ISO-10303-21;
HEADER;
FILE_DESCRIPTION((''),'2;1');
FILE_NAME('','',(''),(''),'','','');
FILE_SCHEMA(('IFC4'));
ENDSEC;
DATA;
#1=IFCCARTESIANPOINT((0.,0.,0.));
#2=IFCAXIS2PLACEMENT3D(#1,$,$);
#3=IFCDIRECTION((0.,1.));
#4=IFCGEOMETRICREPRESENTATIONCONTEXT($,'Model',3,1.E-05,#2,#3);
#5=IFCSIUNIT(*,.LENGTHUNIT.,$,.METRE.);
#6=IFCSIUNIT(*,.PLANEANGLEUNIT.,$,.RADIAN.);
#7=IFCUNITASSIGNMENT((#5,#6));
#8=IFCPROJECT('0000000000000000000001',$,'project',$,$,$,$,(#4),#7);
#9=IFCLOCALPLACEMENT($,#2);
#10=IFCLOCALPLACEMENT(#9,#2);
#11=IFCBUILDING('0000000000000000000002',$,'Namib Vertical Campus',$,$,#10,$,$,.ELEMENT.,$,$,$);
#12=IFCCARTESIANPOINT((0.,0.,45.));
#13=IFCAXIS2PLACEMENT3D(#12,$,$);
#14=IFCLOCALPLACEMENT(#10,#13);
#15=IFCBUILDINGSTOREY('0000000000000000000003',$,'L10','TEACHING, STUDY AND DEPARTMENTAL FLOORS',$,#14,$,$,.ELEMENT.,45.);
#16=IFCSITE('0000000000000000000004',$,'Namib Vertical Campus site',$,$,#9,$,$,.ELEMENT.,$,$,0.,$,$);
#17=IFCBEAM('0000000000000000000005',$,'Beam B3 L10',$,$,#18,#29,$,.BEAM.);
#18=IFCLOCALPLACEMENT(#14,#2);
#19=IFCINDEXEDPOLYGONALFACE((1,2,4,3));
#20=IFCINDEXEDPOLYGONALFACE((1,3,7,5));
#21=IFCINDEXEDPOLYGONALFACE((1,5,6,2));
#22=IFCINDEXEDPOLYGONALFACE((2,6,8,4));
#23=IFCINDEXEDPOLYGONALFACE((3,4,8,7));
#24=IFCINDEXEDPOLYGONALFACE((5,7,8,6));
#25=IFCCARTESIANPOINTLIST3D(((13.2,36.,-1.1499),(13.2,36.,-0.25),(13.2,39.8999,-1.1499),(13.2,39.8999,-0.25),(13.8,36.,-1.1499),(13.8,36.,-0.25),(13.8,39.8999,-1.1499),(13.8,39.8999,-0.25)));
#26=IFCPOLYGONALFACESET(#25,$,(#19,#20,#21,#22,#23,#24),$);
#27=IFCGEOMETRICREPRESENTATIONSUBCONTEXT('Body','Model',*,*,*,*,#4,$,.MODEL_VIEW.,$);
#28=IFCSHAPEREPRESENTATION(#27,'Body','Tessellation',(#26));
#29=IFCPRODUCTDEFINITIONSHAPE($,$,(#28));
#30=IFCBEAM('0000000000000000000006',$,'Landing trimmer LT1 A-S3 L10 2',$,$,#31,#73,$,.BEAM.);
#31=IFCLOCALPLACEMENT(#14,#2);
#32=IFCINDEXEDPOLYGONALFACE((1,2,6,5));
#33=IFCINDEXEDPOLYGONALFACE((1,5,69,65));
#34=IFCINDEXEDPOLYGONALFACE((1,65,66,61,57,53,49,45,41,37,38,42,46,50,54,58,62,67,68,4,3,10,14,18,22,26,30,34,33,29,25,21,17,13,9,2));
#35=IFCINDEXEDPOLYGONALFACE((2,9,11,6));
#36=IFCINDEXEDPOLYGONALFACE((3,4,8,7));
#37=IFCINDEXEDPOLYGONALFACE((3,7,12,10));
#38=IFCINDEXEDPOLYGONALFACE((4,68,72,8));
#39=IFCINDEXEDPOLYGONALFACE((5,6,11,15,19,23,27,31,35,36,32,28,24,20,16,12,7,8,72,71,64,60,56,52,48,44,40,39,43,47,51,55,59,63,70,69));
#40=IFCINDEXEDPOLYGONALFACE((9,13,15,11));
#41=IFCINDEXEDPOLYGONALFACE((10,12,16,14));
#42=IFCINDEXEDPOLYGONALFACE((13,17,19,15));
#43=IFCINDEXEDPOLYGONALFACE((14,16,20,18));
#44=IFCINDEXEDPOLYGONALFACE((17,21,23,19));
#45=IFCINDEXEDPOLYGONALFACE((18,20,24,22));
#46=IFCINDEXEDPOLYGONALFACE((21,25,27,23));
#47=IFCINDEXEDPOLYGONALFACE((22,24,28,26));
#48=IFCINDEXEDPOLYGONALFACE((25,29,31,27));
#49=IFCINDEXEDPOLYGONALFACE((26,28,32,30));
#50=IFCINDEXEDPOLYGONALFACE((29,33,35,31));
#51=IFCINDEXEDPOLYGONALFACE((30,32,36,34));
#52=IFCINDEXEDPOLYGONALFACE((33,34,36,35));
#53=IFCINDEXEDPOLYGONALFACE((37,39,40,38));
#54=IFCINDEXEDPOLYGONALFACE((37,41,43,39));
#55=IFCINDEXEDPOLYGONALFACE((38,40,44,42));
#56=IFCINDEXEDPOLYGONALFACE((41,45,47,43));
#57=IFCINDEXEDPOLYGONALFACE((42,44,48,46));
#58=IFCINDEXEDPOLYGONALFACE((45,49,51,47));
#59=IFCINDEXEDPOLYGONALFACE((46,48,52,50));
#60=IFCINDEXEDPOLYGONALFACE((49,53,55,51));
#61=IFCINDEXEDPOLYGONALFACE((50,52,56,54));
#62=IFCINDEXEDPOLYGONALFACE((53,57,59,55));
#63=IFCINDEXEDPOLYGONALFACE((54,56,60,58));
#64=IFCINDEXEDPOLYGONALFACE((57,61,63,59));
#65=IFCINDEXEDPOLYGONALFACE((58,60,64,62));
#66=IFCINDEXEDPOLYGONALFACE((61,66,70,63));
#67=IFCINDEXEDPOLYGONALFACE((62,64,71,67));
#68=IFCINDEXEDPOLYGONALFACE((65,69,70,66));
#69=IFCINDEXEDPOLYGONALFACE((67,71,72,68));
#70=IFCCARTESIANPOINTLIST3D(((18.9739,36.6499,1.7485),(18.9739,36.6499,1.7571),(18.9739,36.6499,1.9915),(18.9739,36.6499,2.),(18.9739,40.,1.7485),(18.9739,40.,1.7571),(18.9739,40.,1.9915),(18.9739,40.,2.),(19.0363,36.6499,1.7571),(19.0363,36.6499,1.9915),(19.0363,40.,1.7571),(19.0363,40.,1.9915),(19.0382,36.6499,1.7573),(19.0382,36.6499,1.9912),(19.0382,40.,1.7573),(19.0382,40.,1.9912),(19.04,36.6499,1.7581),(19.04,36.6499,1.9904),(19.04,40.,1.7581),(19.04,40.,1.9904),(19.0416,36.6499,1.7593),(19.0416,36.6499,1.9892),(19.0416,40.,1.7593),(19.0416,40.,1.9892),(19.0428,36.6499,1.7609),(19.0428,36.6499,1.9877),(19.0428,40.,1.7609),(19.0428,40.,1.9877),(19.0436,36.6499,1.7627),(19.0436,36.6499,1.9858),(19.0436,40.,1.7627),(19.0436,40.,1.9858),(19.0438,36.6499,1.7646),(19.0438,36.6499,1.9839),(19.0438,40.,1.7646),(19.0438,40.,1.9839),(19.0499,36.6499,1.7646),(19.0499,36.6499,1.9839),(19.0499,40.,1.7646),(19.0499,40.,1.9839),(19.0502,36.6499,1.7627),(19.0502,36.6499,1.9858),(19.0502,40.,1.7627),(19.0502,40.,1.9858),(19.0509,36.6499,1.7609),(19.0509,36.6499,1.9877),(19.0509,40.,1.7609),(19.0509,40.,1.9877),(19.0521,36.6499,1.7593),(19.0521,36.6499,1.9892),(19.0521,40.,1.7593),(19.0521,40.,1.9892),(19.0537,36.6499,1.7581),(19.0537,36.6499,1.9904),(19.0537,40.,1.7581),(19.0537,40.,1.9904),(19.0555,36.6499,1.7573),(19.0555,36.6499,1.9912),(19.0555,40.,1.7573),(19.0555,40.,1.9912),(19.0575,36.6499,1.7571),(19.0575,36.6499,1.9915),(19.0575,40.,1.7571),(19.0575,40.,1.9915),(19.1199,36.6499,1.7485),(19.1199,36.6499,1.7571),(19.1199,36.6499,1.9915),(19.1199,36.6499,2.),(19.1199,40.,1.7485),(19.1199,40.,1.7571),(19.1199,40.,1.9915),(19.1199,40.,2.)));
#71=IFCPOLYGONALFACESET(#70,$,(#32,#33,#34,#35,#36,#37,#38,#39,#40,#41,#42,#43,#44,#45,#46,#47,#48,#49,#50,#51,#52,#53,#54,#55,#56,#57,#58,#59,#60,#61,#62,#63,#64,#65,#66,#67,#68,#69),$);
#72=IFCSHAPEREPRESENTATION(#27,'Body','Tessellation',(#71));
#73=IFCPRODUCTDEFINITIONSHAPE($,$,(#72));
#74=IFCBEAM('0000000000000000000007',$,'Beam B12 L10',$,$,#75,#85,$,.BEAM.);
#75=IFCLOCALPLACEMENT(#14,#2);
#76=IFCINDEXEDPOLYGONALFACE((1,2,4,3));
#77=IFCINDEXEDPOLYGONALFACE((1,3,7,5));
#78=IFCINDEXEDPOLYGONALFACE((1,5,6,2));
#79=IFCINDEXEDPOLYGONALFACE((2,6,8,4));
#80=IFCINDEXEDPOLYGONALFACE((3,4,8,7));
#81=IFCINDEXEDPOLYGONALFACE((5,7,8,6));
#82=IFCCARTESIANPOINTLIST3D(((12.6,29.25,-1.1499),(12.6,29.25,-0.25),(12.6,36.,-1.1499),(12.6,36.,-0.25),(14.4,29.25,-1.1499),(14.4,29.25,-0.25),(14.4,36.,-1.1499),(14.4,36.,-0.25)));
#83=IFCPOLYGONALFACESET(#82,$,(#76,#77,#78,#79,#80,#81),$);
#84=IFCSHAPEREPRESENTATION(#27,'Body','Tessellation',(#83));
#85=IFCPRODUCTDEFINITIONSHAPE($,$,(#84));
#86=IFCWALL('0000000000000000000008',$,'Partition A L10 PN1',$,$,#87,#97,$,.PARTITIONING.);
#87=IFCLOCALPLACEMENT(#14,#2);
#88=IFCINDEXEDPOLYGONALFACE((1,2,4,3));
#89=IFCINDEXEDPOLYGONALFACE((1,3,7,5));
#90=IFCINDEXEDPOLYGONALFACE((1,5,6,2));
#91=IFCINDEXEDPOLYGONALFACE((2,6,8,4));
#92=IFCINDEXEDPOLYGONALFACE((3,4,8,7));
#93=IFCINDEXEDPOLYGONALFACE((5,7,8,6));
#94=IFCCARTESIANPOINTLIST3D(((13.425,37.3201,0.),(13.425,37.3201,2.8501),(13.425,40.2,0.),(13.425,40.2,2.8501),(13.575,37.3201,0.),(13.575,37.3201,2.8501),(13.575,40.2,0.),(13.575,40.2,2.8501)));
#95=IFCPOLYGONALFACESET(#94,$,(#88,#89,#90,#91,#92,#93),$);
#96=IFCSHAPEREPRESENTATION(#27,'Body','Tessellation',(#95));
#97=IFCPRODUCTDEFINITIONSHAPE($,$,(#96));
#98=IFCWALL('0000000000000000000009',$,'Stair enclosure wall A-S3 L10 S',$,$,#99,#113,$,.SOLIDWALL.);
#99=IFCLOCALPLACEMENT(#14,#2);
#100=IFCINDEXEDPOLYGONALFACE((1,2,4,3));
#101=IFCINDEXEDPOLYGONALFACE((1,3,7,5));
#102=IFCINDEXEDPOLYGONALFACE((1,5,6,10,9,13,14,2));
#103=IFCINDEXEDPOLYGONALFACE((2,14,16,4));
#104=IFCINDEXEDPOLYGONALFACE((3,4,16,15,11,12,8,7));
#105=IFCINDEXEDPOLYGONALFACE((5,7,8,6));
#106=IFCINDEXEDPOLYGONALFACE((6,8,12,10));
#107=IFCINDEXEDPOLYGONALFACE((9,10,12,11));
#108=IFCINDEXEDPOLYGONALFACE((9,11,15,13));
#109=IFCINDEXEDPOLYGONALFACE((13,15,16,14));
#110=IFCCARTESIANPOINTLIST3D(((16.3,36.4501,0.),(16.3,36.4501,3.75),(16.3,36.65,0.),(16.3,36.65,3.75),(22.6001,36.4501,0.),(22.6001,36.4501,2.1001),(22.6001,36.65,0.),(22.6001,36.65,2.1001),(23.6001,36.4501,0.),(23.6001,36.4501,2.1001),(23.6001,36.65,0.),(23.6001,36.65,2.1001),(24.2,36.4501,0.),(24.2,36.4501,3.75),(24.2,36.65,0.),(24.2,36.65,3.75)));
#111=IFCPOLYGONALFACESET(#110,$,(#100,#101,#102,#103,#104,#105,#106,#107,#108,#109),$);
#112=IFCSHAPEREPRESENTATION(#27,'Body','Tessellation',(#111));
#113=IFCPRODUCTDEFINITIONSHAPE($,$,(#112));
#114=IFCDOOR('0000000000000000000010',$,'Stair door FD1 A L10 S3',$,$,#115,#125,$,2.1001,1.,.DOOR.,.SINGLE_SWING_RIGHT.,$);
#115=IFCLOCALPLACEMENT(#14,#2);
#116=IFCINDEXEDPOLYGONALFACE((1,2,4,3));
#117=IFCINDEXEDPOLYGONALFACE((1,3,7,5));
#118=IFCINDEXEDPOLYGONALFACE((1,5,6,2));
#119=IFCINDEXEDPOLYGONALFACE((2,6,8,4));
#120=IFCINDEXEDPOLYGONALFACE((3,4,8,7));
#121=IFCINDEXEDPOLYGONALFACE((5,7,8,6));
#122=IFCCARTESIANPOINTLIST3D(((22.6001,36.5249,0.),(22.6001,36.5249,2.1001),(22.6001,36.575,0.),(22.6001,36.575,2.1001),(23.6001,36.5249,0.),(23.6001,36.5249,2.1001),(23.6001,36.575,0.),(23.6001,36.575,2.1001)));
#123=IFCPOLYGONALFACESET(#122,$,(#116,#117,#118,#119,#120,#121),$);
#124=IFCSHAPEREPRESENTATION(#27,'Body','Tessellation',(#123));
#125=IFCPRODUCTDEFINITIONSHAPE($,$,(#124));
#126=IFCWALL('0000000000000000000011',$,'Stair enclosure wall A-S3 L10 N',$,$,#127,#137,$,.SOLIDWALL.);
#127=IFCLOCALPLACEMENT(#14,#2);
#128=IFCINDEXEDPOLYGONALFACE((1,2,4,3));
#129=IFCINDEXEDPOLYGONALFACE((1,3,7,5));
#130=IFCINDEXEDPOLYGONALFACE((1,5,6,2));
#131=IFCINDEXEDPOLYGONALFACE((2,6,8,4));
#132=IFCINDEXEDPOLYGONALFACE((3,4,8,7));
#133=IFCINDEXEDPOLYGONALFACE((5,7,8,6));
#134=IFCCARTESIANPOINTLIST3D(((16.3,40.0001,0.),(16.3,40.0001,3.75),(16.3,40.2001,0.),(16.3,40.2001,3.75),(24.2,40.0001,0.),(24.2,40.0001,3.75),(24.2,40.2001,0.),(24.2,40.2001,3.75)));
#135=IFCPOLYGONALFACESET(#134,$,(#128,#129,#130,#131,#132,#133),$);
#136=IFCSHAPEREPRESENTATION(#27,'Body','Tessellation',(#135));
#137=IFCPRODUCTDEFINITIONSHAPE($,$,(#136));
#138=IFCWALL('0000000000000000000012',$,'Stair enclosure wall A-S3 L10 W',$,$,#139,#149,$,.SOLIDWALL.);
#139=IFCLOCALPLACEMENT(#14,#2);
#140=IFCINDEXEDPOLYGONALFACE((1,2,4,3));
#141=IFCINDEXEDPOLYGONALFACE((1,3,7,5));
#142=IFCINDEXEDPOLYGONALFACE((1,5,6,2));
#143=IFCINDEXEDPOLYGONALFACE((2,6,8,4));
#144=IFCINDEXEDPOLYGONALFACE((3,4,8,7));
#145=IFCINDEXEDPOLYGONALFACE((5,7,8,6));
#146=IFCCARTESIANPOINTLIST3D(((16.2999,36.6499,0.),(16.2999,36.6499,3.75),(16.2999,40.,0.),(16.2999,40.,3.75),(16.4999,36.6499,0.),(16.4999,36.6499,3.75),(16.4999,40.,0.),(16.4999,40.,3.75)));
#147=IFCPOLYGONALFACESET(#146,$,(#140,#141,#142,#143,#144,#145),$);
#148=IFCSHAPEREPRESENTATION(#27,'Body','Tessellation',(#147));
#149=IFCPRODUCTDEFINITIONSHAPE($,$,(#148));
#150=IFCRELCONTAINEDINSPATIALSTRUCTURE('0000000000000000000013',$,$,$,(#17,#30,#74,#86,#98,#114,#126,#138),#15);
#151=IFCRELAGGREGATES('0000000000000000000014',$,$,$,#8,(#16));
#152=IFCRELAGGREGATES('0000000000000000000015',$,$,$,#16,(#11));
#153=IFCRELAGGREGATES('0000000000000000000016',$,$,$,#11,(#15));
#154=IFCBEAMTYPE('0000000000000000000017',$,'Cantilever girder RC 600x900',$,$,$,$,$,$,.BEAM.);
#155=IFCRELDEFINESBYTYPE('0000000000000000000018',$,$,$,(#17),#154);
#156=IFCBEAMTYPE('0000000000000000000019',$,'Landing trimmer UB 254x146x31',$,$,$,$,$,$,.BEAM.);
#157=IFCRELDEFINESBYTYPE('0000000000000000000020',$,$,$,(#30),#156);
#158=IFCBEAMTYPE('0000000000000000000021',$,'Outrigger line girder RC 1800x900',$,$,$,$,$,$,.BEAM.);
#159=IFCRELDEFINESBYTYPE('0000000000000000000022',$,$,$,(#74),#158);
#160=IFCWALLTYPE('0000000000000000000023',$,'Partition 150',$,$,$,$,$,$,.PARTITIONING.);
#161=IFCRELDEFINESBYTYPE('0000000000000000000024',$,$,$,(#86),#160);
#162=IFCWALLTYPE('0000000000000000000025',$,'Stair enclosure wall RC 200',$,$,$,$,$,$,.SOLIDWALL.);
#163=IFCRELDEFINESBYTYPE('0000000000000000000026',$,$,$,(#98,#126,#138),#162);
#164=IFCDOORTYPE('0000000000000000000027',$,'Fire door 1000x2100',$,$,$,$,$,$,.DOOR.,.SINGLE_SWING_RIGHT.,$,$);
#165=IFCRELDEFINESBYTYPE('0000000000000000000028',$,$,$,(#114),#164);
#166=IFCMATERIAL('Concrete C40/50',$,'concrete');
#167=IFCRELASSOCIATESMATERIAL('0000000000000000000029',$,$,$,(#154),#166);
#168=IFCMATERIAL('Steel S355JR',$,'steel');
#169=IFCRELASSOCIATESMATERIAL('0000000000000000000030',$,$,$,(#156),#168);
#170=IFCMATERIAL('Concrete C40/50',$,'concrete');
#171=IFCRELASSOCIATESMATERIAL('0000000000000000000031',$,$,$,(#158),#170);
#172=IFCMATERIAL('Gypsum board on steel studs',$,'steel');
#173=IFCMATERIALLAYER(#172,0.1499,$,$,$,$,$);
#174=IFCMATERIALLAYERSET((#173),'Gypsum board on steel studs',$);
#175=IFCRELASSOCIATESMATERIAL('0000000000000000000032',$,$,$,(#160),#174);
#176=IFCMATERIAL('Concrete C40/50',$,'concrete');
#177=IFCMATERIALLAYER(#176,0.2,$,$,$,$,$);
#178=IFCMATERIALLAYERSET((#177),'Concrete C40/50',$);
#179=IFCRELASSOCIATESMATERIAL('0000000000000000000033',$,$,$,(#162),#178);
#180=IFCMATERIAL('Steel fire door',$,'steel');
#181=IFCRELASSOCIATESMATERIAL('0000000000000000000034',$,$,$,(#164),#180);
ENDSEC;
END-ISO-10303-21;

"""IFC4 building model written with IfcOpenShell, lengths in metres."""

from ifc_helpers import new_model, si_unit, direction, frame, frame_2d, origin, origin_2d, place, context, subcontext, project, spatial, rectangle, i_section, extrude, material, layer, layer_set, material_profile, profile_set, type_object, element, fill, save


model = new_model("IFC4")

# Units and contexts
model_context = context("Model", 3, precision=1e-05, world=origin(), true_north=direction((0.0, 1.0)))
body_context = subcontext(model_context, "Body", "Model", "MODEL_VIEW")
ifc_project = project(units=[si_unit("LENGTHUNIT", "METRE"), si_unit("PLANEANGLEUNIT", "RADIAN")], contexts=[model_context])

# Site, building, storey
site_placement = place(None, origin())
site = spatial("IfcSite", under=ifc_project, at=site_placement, Name="Namib Vertical Campus site", CompositionType="ELEMENT", RefElevation=0.0)
building_placement = place(site_placement, origin())
building = spatial("IfcBuilding", under=site, at=building_placement, Name="Namib Vertical Campus", CompositionType="ELEMENT")
storey_placement = place(building_placement, frame((0.0, 0.0, 45.0)))
storey = spatial("IfcBuildingStorey", under=building, at=storey_placement, Name="L10", Description="TEACHING, STUDY AND DEPARTMENTAL FLOORS", CompositionType="ELEMENT", Elevation=45.0)

# Beams
ifc_material_1 = material(Name="Concrete C40/50", Category="concrete")
ifc_material_profile_1 = material_profile(ifc_material_1, rectangle(XDim=0.6001, YDim=0.8999, at=origin_2d()))
ifc_profile_set_1 = profile_set([ifc_material_profile_1], Name="Concrete C40/50")
beam_type_1 = type_object("IfcBeamType", Name="Cantilever girder RC 600x900", PredefinedType="BEAM", material=ifc_profile_set_1)
beam_1_placement = place(storey_placement, frame((13.5, 36.0, -0.7), z_axis=(0.0, 1.0, 0.0), x_axis=(-1.0, 0.0, 0.0)))
element("IfcBeam", 1, at=beam_1_placement, inside=storey, type_object=beam_type_1, Name="Beam B3 L10", PredefinedType="BEAM", context=body_context, shape_type="SweptSolid", body=[
    extrude(rectangle(XDim=0.6001, YDim=0.8999, at=origin_2d()), origin(), (0.0, 0.0, 1.0), 3.8999),
])
ifc_material_2 = material(Name="Steel S355JR", Category="steel")
ifc_material_profile_2 = material_profile(ifc_material_2, i_section(OverallWidth=0.146, OverallDepth=0.2515, WebThickness=0.0061, FlangeThickness=0.0085, FilletRadius=0.0076, at=origin_2d()))
ifc_profile_set_2 = profile_set([ifc_material_profile_2], Name="Steel S355JR")
beam_type_2 = type_object("IfcBeamType", Name="Landing trimmer UB 254x146x31", PredefinedType="BEAM", material=ifc_profile_set_2)
beam_2_placement = place(storey_placement, frame((19.0469, 36.6499, 1.8743), z_axis=(0.0, 1.0, 0.0), x_axis=(-1.0, 0.0, 0.0)))
element("IfcBeam", 2, at=beam_2_placement, inside=storey, type_object=beam_type_2, Name="Landing trimmer LT1 A-S3 L10 2", PredefinedType="BEAM", context=body_context, shape_type="SweptSolid", body=[
    extrude(i_section(OverallWidth=0.146, OverallDepth=0.2515, WebThickness=0.0061, FlangeThickness=0.0085, FilletRadius=0.0076, at=origin_2d()), origin(), (0.0, 0.0, 1.0), 3.3501),
])
ifc_material_3 = material(Name="Concrete C40/50", Category="concrete")
ifc_material_profile_3 = material_profile(ifc_material_3, rectangle(XDim=1.8, YDim=0.8999, at=origin_2d()))
ifc_profile_set_3 = profile_set([ifc_material_profile_3], Name="Concrete C40/50")
beam_type_3 = type_object("IfcBeamType", Name="Outrigger line girder RC 1800x900", PredefinedType="BEAM", material=ifc_profile_set_3)
beam_3_placement = place(storey_placement, frame((13.5, 36.0, -0.7), z_axis=(0.0, -1.0, 0.0), x_axis=(1.0, 0.0, 0.0)))
element("IfcBeam", 3, at=beam_3_placement, inside=storey, type_object=beam_type_3, Name="Beam B12 L10", PredefinedType="BEAM", context=body_context, shape_type="SweptSolid", body=[
    extrude(rectangle(XDim=1.8, YDim=0.8999, at=origin_2d()), origin(), (0.0, 0.0, 1.0), 6.75),
])

# Wall
ifc_material_4 = material(Name="Gypsum board on steel studs", Category="steel")
ifc_layer_1 = layer(ifc_material_4, 0.1499)
ifc_layer_set_1 = layer_set([ifc_layer_1], Name="Gypsum board on steel studs")
wall_type_1 = type_object("IfcWallType", Name="Partition 150", PredefinedType="PARTITIONING", material=ifc_layer_set_1)
wall_1_placement = place(storey_placement, frame((13.5, 37.3201, 0.0), z_axis=(0.0, 0.0, 1.0), x_axis=(0.0, 1.0, 0.0)))
element("IfcWall", 4, at=wall_1_placement, inside=storey, type_object=wall_type_1, Name="Partition A L10 PN1", PredefinedType="PARTITIONING", context=body_context, shape_type="SweptSolid", body=[
    extrude(rectangle(XDim=2.8799, YDim=0.1499, at=frame_2d((1.4399, 0.0))), origin(), (0.0, 0.0, 1.0), 2.8501),
])

# Wall, opening, door
ifc_material_5 = material(Name="Concrete C40/50", Category="concrete")
ifc_layer_2 = layer(ifc_material_5, 0.2)
ifc_layer_set_2 = layer_set([ifc_layer_2], Name="Concrete C40/50")
wall_type_2 = type_object("IfcWallType", Name="Stair enclosure wall RC 200", PredefinedType="SOLIDWALL", material=ifc_layer_set_2)
wall_2_placement = place(storey_placement, frame((16.3, 36.55, 0.0), z_axis=(0.0, 0.0, 1.0), x_axis=(1.0, 0.0, 0.0)))
wall_2 = element("IfcWall", 5, at=wall_2_placement, inside=storey, type_object=wall_type_2, Name="Stair enclosure wall A-S3 L10 S", PredefinedType="SOLIDWALL", context=body_context, shape_type="SweptSolid", body=[
    extrude(rectangle(XDim=7.8999, YDim=0.2, at=frame_2d((3.95, 0.0))), origin(), (0.0, 0.0, 1.0), 3.75),
])
opening_placement = place(wall_2_placement, frame((6.3, 0.0, 0.0)))
opening = element("IfcOpeningElement", 6, at=opening_placement, cuts=wall_2, PredefinedType="OPENING", context=body_context, shape_type="SweptSolid", body=[
    extrude(rectangle(XDim=1.0, YDim=2.1001, at=frame_2d((0.5, 1.05))), frame((0.0, 0.1099, 0.0), z_axis=(0.0, -1.0, 0.0), x_axis=(1.0, 0.0, 0.0)), (0.0, 0.0, 1.0), 0.22),
])
ifc_material_6 = material(Name="Steel fire door", Category="steel")
door_type = type_object("IfcDoorType", Name="Fire door 1000x2100", OperationType="SINGLE_SWING_RIGHT", PredefinedType="DOOR", material=ifc_material_6)
door_placement = place(opening_placement, origin())
door = element("IfcDoor", 7, at=door_placement, inside=storey, type_object=door_type, Name="Stair door FD1 A L10 S3", OperationType="SINGLE_SWING_RIGHT", OverallHeight=2.1001, OverallWidth=1.0, PredefinedType="DOOR", context=body_context, shape_type="SweptSolid", body=[
    extrude(rectangle(XDim=1.0, YDim=2.1001, at=frame_2d((0.5, 1.05))), frame((0.0, 0.0249, 0.0), z_axis=(0.0, -1.0, 0.0), x_axis=(1.0, 0.0, 0.0)), (0.0, 0.0, 1.0), 0.05),
])
fill(opening, door)

# Walls
wall_3_placement = place(storey_placement, frame((16.3, 40.1001, 0.0), z_axis=(0.0, 0.0, 1.0), x_axis=(1.0, 0.0, 0.0)))
element("IfcWall", 8, at=wall_3_placement, inside=storey, type_object=wall_type_2, Name="Stair enclosure wall A-S3 L10 N", PredefinedType="SOLIDWALL", context=body_context, shape_type="SweptSolid", body=[
    extrude(rectangle(XDim=7.8999, YDim=0.2, at=frame_2d((3.95, 0.0))), origin(), (0.0, 0.0, 1.0), 3.75),
])
wall_4_placement = place(storey_placement, frame((16.3999, 36.6499, 0.0), z_axis=(0.0, 0.0, 1.0), x_axis=(0.0, 1.0, 0.0)))
element("IfcWall", 9, at=wall_4_placement, inside=storey, type_object=wall_type_2, Name="Stair enclosure wall A-S3 L10 W", PredefinedType="SOLIDWALL", context=body_context, shape_type="SweptSolid", body=[
    extrude(rectangle(XDim=3.3501, YDim=0.2, at=frame_2d((1.675, 0.0))), origin(), (0.0, 0.0, 1.0), 3.75),
])

save(model, "model.ifc")
